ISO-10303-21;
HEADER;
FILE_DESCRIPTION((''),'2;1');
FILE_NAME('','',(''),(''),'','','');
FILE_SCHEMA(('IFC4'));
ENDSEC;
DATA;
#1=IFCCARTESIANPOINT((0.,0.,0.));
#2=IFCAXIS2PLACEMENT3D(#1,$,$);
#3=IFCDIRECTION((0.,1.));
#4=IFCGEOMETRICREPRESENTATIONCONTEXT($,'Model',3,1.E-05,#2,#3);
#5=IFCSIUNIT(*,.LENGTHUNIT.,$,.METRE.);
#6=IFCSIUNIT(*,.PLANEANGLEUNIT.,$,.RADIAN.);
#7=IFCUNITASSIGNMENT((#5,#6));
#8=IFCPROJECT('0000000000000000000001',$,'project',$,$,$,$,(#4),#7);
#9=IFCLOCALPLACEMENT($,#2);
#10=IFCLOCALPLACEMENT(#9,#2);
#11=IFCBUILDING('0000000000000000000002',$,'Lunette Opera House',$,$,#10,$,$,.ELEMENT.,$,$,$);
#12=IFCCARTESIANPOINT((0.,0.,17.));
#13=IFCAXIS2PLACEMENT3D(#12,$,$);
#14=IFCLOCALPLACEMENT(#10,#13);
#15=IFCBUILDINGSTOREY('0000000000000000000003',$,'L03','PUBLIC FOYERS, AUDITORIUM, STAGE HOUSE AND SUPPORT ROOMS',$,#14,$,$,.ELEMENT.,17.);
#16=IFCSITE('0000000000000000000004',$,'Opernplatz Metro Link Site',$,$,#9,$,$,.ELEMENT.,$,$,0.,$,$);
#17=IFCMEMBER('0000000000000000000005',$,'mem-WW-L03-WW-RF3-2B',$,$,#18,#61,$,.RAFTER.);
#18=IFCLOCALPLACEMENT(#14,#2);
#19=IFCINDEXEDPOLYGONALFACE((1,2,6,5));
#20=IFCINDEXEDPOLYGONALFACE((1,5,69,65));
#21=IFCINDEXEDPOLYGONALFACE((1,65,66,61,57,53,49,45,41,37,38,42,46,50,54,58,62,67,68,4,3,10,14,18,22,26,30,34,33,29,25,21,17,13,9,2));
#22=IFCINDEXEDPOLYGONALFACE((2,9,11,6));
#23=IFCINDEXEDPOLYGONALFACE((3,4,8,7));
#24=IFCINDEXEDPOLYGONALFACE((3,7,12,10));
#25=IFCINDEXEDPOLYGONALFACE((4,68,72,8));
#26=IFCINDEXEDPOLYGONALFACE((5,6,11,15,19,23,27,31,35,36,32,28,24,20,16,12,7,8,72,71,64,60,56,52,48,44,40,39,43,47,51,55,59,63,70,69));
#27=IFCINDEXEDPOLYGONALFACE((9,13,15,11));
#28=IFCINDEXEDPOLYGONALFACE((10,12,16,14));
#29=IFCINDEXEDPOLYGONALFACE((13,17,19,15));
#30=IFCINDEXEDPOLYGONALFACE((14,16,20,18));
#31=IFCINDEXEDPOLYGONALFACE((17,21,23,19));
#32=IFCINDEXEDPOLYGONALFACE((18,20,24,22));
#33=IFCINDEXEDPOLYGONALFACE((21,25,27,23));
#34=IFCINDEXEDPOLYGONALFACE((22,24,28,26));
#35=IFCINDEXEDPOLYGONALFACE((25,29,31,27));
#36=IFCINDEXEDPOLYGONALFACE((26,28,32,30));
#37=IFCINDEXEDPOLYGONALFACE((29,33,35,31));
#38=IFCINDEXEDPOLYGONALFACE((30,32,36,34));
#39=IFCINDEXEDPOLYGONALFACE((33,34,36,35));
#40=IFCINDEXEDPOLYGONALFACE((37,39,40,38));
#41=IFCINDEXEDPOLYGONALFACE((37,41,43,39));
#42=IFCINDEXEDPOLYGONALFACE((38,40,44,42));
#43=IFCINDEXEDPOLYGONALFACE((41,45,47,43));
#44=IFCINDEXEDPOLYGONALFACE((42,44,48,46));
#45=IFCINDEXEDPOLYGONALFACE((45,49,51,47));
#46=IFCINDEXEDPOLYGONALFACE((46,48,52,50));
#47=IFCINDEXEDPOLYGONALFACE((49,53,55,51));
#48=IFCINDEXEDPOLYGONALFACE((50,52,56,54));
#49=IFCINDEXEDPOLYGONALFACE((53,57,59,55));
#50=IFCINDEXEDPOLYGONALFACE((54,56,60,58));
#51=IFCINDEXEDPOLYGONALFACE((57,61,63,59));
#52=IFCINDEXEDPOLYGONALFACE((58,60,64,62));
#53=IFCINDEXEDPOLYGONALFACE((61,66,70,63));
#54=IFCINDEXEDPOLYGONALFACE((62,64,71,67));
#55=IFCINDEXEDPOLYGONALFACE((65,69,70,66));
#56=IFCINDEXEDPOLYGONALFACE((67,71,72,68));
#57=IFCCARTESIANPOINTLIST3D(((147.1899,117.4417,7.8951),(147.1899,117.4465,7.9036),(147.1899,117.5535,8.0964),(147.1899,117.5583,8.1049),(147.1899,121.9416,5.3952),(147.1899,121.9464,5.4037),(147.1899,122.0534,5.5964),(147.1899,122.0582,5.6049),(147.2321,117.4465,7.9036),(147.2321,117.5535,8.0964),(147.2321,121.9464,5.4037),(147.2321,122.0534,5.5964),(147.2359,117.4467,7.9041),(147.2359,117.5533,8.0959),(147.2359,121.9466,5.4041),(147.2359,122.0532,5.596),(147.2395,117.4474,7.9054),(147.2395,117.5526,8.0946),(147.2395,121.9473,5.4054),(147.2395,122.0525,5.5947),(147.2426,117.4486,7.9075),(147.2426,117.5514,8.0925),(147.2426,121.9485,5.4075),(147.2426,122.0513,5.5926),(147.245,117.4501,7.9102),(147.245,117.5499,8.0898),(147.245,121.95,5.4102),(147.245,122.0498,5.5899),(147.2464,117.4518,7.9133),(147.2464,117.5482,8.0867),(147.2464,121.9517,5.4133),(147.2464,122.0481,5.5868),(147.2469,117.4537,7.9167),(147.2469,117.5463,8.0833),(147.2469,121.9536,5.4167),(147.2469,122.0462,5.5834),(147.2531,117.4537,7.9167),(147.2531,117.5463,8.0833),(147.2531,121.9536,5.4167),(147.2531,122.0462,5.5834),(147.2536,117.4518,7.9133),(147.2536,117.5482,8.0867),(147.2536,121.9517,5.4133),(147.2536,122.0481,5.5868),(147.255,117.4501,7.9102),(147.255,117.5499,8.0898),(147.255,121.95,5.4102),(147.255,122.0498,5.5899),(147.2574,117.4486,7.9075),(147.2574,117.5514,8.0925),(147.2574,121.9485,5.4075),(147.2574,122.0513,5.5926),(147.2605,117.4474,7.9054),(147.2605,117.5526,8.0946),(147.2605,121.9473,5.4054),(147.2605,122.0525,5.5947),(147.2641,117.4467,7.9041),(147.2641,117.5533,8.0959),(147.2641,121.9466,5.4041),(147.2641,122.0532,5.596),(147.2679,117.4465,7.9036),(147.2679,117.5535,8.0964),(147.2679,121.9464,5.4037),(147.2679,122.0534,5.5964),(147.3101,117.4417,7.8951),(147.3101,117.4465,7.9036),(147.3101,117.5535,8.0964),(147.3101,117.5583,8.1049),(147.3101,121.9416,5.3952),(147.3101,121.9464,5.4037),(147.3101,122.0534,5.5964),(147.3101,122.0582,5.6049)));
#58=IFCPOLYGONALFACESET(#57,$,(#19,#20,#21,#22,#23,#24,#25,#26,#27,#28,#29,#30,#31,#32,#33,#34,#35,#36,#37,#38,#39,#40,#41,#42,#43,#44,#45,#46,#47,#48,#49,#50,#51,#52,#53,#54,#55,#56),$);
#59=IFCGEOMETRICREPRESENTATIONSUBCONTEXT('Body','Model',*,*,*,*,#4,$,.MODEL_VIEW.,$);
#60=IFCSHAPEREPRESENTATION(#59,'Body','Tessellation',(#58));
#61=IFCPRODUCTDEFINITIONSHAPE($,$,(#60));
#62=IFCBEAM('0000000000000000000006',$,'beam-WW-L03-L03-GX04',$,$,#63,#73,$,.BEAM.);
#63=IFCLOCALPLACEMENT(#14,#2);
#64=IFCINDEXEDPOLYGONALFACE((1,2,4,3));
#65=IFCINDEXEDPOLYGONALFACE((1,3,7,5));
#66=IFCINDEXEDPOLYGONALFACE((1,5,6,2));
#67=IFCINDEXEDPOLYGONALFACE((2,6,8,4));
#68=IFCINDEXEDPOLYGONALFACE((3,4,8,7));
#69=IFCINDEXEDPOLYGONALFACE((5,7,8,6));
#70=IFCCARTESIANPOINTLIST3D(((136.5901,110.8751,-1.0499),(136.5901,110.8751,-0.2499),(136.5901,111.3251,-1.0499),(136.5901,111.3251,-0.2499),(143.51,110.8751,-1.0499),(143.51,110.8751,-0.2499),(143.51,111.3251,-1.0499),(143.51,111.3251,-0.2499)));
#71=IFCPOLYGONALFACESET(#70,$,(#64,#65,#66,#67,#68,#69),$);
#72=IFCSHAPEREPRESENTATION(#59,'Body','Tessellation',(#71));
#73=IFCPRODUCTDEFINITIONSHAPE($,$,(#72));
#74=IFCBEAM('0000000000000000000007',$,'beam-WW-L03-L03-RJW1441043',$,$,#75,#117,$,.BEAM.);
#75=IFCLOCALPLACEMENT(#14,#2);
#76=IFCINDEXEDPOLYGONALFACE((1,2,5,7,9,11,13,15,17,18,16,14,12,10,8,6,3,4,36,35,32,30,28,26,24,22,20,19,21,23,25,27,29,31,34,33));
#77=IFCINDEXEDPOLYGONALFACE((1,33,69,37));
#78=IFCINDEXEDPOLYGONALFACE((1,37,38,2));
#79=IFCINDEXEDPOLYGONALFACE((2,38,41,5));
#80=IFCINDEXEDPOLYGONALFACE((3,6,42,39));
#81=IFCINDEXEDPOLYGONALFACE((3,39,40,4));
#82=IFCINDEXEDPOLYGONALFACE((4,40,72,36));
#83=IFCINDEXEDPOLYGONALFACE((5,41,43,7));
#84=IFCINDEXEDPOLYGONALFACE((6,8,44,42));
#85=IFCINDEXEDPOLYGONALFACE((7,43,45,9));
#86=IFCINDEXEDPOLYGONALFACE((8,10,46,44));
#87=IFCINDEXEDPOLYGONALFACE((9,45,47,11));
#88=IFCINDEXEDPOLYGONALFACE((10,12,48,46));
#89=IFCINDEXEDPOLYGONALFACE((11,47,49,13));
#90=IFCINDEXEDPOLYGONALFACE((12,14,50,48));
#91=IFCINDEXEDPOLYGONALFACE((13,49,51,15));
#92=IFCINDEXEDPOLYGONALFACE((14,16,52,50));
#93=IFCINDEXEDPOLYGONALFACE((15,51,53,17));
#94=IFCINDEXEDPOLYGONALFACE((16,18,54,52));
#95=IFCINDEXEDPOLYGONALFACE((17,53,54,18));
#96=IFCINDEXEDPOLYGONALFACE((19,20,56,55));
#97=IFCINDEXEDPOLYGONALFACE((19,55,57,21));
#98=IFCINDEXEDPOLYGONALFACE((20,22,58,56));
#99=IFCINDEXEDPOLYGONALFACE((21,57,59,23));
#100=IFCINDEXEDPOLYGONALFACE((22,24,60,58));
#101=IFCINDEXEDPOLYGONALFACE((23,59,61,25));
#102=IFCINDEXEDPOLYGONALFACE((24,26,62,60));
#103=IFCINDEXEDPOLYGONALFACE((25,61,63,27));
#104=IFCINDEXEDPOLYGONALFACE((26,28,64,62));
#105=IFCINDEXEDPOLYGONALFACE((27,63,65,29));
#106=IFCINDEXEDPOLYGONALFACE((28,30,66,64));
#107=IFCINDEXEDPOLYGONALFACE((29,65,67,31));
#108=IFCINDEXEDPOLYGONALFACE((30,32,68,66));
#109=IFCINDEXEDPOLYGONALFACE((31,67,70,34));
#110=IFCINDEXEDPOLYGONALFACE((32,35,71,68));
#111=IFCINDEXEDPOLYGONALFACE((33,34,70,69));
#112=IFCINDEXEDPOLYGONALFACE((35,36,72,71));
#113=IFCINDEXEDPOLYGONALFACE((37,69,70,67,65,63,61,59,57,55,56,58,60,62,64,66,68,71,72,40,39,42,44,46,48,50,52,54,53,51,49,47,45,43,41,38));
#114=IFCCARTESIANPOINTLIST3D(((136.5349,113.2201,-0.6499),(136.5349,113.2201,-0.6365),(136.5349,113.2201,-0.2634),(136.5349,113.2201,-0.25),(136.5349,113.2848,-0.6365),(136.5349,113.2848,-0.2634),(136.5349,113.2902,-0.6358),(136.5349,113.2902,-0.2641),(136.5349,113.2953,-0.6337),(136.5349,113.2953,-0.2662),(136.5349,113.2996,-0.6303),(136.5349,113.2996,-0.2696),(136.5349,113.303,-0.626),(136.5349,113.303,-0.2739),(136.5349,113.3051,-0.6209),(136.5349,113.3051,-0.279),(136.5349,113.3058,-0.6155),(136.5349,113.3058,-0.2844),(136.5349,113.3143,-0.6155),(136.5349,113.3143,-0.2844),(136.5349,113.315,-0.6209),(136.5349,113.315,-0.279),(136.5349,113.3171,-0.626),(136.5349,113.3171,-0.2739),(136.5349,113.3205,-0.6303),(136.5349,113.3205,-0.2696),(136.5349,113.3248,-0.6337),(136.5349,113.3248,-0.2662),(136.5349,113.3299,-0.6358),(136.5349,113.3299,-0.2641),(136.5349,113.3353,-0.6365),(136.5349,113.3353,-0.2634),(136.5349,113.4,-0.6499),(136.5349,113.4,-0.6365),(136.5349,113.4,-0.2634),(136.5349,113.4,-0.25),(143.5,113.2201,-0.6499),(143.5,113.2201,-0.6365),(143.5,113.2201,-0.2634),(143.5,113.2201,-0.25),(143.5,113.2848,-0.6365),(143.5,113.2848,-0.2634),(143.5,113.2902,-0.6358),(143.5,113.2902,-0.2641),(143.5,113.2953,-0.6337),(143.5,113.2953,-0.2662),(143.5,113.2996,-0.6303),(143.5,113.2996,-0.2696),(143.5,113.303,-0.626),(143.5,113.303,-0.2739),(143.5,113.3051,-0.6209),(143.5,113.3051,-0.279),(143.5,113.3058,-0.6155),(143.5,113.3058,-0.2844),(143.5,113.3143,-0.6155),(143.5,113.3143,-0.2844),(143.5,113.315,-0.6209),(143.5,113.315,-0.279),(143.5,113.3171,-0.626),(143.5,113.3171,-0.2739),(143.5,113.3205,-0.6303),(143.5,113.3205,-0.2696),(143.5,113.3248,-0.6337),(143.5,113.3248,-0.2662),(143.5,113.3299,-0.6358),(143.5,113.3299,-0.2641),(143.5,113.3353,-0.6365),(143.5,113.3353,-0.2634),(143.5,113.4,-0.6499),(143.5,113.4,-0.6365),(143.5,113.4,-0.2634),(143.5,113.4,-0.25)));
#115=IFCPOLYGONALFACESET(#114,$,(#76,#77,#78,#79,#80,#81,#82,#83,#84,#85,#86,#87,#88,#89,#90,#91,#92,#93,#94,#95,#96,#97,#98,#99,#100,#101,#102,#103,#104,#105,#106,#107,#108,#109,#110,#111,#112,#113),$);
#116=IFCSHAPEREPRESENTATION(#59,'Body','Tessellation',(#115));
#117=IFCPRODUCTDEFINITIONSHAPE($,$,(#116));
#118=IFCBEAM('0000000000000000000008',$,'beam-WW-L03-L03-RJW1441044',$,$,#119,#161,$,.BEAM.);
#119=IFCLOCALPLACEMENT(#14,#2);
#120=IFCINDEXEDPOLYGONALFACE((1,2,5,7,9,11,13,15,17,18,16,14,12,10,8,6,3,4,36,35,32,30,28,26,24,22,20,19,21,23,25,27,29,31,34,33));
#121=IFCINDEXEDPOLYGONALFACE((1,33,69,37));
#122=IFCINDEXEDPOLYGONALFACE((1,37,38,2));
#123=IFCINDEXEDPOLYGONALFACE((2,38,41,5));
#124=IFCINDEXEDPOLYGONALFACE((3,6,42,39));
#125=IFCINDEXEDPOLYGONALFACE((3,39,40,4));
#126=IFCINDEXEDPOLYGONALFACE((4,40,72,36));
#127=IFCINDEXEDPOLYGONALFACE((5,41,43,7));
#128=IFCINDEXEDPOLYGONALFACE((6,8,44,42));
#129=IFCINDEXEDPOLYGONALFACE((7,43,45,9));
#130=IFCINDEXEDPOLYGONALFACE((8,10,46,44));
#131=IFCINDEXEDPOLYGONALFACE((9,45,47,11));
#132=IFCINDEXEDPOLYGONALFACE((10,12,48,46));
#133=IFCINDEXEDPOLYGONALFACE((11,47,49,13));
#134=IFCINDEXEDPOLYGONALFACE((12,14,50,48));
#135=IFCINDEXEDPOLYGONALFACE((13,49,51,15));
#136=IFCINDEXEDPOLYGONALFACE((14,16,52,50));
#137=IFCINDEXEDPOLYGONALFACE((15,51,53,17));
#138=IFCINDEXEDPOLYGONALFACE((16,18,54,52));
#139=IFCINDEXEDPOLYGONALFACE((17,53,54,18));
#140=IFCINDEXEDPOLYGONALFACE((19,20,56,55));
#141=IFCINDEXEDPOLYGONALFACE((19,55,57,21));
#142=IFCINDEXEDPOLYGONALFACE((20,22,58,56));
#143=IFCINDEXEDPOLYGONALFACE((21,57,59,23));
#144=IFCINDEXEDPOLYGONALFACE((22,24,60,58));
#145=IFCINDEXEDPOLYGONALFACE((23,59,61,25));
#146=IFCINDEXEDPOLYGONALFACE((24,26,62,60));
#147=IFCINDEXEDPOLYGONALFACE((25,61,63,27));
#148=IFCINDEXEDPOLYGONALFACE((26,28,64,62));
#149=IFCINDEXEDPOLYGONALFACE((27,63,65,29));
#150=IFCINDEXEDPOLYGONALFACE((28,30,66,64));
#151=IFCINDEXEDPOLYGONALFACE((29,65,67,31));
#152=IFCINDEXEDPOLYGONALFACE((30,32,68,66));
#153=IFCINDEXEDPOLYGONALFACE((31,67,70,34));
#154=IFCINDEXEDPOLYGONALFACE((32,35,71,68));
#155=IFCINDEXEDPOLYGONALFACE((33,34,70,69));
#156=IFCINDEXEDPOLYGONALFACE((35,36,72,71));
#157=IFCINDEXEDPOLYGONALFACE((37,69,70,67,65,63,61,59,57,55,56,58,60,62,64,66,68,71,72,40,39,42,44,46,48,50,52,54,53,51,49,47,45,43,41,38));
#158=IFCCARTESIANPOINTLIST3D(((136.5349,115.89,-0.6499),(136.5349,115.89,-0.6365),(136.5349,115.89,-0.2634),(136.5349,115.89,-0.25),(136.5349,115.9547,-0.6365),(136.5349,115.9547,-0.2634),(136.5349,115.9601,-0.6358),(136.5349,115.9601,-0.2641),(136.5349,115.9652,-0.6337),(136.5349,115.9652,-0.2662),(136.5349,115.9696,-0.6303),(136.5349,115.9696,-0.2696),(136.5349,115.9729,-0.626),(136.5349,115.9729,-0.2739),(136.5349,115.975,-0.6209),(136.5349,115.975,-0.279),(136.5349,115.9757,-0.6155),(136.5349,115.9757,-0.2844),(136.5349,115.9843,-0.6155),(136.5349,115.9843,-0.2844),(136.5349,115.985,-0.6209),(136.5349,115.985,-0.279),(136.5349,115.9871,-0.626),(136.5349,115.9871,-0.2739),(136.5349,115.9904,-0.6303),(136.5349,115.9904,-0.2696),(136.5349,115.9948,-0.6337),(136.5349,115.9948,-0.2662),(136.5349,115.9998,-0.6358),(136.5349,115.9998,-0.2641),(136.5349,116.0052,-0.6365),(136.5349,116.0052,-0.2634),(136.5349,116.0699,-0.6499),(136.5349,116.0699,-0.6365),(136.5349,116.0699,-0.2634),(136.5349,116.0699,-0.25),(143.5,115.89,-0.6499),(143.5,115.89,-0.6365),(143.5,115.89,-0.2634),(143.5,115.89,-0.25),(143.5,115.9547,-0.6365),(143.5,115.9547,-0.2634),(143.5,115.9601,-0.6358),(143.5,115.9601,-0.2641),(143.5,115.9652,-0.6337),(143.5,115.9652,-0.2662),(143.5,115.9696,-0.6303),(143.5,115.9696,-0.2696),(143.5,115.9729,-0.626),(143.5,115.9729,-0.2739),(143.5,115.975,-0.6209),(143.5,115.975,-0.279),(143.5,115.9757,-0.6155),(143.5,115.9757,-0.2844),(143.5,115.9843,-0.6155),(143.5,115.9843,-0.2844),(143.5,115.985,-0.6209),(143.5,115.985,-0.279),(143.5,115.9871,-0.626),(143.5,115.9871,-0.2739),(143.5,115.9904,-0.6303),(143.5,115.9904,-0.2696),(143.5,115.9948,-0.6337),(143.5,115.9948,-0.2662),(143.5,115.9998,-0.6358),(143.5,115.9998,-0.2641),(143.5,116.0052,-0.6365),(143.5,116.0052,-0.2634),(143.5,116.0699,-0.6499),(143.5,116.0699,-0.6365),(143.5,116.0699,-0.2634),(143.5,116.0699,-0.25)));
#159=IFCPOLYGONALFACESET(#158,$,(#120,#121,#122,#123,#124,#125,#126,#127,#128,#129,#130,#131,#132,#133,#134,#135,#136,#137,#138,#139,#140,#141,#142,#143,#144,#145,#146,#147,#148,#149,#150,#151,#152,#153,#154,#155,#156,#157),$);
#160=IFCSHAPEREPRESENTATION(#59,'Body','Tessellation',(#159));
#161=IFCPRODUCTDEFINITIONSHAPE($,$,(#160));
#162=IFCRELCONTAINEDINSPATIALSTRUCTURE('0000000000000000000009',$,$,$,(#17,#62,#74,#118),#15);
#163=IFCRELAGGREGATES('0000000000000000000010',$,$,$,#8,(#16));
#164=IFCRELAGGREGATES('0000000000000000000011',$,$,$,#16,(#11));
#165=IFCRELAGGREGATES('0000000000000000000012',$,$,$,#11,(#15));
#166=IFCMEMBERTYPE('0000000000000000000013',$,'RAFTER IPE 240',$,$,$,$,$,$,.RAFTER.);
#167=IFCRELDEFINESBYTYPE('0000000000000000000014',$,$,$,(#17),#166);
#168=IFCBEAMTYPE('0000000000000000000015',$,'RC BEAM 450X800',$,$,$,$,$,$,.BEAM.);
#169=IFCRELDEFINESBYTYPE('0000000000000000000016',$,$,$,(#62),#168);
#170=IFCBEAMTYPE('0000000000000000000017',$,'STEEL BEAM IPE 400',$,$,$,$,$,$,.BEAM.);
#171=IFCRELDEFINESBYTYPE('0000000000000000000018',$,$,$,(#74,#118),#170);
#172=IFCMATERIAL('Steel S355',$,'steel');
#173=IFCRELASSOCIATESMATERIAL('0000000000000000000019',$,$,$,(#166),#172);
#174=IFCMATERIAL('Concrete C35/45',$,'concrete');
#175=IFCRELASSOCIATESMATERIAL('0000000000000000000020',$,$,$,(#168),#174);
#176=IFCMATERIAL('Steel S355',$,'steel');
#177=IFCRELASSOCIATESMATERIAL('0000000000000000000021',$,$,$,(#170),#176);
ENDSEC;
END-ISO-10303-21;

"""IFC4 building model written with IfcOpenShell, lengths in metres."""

from ifc_helpers import new_model, si_unit, direction, frame, origin, origin_2d, place, context, subcontext, project, spatial, rectangle, i_section, extrude, material, material_profile, profile_set, type_object, element, save


model = new_model("IFC4")

# Units and contexts
model_context = context("Model", 3, precision=1e-05, world=origin(), true_north=direction((0.0, 1.0)))
body_context = subcontext(model_context, "Body", "Model", "MODEL_VIEW")
ifc_project = project(units=[si_unit("LENGTHUNIT", "METRE"), si_unit("PLANEANGLEUNIT", "RADIAN")], contexts=[model_context])

# Site, building, storey
site_placement = place(None, origin())
site = spatial("IfcSite", under=ifc_project, at=site_placement, Name="Opernplatz Metro Link Site", CompositionType="ELEMENT", RefElevation=0.0)
building_placement = place(site_placement, origin())
building = spatial("IfcBuilding", under=site, at=building_placement, Name="Lunette Opera House", CompositionType="ELEMENT")
storey_placement = place(building_placement, frame((0.0, 0.0, 17.0)))
storey = spatial("IfcBuildingStorey", under=building, at=storey_placement, Name="L03", Description="PUBLIC FOYERS, AUDITORIUM, STAGE HOUSE AND SUPPORT ROOMS", CompositionType="ELEMENT", Elevation=17.0)

# Member
ifc_material_1 = material(Name="Steel S355", Category="steel")
ifc_material_profile_1 = material_profile(ifc_material_1, i_section(OverallWidth=0.1201, OverallDepth=0.24, WebThickness=0.0061, FlangeThickness=0.0098, FilletRadius=0.0149, at=origin_2d()), Name="IPE 240")
ifc_profile_set_1 = profile_set([ifc_material_profile_1], Name="Steel S355")
member_type_1 = type_object("IfcMemberType", Name="RAFTER IPE 240", PredefinedType="RAFTER", material=ifc_profile_set_1)
member_1_placement = place(storey_placement, frame((147.25, 117.5, 8.0), z_axis=(0.0, 0.874157, -0.485643), x_axis=(-1.0, 0.0, 0.0)))
element("IfcMember", 1, at=member_1_placement, inside=storey, type_object=member_type_1, Name="mem-WW-L03-WW-RF3-2B", PredefinedType="RAFTER", context=body_context, shape_type="SweptSolid", body=[
    extrude(i_section(OverallWidth=0.1201, OverallDepth=0.24, WebThickness=0.0061, FlangeThickness=0.0098, FilletRadius=0.0149, at=origin_2d()), origin(), (0.0, 0.0, 1.0), 5.1477),
])

# Beams
ifc_material_2 = material(Name="Concrete C35/45", Category="concrete")
ifc_material_profile_2 = material_profile(ifc_material_2, rectangle(XDim=0.45, YDim=0.8, at=origin_2d()), Name="RC BEAM 450X800")
ifc_profile_set_2 = profile_set([ifc_material_profile_2], Name="Concrete C35/45")
beam_type_1 = type_object("IfcBeamType", Name="RC BEAM 450X800", PredefinedType="BEAM", material=ifc_profile_set_2)
beam_placement = place(storey_placement, frame((136.5901, 111.1001, -0.6499), z_axis=(1.0, 0.0, 0.0), x_axis=(0.0, 1.0, 0.0)))
element("IfcBeam", 2, at=beam_placement, inside=storey, type_object=beam_type_1, Name="beam-WW-L03-L03-GX04", PredefinedType="BEAM", context=body_context, shape_type="SweptSolid", body=[
    extrude(rectangle(XDim=0.45, YDim=0.8, at=origin_2d()), origin(), (0.0, 0.0, 1.0), 6.9199),
])
ifc_material_3 = material(Name="Steel S355", Category="steel")
ifc_material_profile_3 = material_profile(ifc_material_3, i_section(OverallWidth=0.1799, OverallDepth=0.3999, WebThickness=0.0085, FlangeThickness=0.0134, FilletRadius=0.021, at=origin_2d()), Name="IPE 400")
ifc_profile_set_3 = profile_set([ifc_material_profile_3], Name="Steel S355")
beam_type_2 = type_object("IfcBeamType", Name="STEEL BEAM IPE 400", PredefinedType="BEAM", material=ifc_profile_set_3)
for number, where, z_axis, x_axis, name in (
    (3, (143.5, 113.3101, -0.45), (-1.0, 0.0, 0.0), (0.0, -1.0, 0.0), "beam-WW-L03-L03-RJW1441043"),
    (4, (143.5, 115.98, -0.45), (-1.0, 0.0, 0.0), (0.0, -1.0, 0.0), "beam-WW-L03-L03-RJW1441044"),
):
    element("IfcBeam", number, at=place(storey_placement, frame(where, z_axis=z_axis, x_axis=x_axis)), inside=storey, type_object=beam_type_2, Name=name, PredefinedType="BEAM", context=body_context, shape_type="SweptSolid", body=[
        extrude(i_section(OverallWidth=0.1799, OverallDepth=0.3999, WebThickness=0.0085, FlangeThickness=0.0134, FilletRadius=0.021, at=origin_2d()), origin(), (0.0, 0.0, 1.0), 6.9651),
    ])

save(model, "model.ifc")
